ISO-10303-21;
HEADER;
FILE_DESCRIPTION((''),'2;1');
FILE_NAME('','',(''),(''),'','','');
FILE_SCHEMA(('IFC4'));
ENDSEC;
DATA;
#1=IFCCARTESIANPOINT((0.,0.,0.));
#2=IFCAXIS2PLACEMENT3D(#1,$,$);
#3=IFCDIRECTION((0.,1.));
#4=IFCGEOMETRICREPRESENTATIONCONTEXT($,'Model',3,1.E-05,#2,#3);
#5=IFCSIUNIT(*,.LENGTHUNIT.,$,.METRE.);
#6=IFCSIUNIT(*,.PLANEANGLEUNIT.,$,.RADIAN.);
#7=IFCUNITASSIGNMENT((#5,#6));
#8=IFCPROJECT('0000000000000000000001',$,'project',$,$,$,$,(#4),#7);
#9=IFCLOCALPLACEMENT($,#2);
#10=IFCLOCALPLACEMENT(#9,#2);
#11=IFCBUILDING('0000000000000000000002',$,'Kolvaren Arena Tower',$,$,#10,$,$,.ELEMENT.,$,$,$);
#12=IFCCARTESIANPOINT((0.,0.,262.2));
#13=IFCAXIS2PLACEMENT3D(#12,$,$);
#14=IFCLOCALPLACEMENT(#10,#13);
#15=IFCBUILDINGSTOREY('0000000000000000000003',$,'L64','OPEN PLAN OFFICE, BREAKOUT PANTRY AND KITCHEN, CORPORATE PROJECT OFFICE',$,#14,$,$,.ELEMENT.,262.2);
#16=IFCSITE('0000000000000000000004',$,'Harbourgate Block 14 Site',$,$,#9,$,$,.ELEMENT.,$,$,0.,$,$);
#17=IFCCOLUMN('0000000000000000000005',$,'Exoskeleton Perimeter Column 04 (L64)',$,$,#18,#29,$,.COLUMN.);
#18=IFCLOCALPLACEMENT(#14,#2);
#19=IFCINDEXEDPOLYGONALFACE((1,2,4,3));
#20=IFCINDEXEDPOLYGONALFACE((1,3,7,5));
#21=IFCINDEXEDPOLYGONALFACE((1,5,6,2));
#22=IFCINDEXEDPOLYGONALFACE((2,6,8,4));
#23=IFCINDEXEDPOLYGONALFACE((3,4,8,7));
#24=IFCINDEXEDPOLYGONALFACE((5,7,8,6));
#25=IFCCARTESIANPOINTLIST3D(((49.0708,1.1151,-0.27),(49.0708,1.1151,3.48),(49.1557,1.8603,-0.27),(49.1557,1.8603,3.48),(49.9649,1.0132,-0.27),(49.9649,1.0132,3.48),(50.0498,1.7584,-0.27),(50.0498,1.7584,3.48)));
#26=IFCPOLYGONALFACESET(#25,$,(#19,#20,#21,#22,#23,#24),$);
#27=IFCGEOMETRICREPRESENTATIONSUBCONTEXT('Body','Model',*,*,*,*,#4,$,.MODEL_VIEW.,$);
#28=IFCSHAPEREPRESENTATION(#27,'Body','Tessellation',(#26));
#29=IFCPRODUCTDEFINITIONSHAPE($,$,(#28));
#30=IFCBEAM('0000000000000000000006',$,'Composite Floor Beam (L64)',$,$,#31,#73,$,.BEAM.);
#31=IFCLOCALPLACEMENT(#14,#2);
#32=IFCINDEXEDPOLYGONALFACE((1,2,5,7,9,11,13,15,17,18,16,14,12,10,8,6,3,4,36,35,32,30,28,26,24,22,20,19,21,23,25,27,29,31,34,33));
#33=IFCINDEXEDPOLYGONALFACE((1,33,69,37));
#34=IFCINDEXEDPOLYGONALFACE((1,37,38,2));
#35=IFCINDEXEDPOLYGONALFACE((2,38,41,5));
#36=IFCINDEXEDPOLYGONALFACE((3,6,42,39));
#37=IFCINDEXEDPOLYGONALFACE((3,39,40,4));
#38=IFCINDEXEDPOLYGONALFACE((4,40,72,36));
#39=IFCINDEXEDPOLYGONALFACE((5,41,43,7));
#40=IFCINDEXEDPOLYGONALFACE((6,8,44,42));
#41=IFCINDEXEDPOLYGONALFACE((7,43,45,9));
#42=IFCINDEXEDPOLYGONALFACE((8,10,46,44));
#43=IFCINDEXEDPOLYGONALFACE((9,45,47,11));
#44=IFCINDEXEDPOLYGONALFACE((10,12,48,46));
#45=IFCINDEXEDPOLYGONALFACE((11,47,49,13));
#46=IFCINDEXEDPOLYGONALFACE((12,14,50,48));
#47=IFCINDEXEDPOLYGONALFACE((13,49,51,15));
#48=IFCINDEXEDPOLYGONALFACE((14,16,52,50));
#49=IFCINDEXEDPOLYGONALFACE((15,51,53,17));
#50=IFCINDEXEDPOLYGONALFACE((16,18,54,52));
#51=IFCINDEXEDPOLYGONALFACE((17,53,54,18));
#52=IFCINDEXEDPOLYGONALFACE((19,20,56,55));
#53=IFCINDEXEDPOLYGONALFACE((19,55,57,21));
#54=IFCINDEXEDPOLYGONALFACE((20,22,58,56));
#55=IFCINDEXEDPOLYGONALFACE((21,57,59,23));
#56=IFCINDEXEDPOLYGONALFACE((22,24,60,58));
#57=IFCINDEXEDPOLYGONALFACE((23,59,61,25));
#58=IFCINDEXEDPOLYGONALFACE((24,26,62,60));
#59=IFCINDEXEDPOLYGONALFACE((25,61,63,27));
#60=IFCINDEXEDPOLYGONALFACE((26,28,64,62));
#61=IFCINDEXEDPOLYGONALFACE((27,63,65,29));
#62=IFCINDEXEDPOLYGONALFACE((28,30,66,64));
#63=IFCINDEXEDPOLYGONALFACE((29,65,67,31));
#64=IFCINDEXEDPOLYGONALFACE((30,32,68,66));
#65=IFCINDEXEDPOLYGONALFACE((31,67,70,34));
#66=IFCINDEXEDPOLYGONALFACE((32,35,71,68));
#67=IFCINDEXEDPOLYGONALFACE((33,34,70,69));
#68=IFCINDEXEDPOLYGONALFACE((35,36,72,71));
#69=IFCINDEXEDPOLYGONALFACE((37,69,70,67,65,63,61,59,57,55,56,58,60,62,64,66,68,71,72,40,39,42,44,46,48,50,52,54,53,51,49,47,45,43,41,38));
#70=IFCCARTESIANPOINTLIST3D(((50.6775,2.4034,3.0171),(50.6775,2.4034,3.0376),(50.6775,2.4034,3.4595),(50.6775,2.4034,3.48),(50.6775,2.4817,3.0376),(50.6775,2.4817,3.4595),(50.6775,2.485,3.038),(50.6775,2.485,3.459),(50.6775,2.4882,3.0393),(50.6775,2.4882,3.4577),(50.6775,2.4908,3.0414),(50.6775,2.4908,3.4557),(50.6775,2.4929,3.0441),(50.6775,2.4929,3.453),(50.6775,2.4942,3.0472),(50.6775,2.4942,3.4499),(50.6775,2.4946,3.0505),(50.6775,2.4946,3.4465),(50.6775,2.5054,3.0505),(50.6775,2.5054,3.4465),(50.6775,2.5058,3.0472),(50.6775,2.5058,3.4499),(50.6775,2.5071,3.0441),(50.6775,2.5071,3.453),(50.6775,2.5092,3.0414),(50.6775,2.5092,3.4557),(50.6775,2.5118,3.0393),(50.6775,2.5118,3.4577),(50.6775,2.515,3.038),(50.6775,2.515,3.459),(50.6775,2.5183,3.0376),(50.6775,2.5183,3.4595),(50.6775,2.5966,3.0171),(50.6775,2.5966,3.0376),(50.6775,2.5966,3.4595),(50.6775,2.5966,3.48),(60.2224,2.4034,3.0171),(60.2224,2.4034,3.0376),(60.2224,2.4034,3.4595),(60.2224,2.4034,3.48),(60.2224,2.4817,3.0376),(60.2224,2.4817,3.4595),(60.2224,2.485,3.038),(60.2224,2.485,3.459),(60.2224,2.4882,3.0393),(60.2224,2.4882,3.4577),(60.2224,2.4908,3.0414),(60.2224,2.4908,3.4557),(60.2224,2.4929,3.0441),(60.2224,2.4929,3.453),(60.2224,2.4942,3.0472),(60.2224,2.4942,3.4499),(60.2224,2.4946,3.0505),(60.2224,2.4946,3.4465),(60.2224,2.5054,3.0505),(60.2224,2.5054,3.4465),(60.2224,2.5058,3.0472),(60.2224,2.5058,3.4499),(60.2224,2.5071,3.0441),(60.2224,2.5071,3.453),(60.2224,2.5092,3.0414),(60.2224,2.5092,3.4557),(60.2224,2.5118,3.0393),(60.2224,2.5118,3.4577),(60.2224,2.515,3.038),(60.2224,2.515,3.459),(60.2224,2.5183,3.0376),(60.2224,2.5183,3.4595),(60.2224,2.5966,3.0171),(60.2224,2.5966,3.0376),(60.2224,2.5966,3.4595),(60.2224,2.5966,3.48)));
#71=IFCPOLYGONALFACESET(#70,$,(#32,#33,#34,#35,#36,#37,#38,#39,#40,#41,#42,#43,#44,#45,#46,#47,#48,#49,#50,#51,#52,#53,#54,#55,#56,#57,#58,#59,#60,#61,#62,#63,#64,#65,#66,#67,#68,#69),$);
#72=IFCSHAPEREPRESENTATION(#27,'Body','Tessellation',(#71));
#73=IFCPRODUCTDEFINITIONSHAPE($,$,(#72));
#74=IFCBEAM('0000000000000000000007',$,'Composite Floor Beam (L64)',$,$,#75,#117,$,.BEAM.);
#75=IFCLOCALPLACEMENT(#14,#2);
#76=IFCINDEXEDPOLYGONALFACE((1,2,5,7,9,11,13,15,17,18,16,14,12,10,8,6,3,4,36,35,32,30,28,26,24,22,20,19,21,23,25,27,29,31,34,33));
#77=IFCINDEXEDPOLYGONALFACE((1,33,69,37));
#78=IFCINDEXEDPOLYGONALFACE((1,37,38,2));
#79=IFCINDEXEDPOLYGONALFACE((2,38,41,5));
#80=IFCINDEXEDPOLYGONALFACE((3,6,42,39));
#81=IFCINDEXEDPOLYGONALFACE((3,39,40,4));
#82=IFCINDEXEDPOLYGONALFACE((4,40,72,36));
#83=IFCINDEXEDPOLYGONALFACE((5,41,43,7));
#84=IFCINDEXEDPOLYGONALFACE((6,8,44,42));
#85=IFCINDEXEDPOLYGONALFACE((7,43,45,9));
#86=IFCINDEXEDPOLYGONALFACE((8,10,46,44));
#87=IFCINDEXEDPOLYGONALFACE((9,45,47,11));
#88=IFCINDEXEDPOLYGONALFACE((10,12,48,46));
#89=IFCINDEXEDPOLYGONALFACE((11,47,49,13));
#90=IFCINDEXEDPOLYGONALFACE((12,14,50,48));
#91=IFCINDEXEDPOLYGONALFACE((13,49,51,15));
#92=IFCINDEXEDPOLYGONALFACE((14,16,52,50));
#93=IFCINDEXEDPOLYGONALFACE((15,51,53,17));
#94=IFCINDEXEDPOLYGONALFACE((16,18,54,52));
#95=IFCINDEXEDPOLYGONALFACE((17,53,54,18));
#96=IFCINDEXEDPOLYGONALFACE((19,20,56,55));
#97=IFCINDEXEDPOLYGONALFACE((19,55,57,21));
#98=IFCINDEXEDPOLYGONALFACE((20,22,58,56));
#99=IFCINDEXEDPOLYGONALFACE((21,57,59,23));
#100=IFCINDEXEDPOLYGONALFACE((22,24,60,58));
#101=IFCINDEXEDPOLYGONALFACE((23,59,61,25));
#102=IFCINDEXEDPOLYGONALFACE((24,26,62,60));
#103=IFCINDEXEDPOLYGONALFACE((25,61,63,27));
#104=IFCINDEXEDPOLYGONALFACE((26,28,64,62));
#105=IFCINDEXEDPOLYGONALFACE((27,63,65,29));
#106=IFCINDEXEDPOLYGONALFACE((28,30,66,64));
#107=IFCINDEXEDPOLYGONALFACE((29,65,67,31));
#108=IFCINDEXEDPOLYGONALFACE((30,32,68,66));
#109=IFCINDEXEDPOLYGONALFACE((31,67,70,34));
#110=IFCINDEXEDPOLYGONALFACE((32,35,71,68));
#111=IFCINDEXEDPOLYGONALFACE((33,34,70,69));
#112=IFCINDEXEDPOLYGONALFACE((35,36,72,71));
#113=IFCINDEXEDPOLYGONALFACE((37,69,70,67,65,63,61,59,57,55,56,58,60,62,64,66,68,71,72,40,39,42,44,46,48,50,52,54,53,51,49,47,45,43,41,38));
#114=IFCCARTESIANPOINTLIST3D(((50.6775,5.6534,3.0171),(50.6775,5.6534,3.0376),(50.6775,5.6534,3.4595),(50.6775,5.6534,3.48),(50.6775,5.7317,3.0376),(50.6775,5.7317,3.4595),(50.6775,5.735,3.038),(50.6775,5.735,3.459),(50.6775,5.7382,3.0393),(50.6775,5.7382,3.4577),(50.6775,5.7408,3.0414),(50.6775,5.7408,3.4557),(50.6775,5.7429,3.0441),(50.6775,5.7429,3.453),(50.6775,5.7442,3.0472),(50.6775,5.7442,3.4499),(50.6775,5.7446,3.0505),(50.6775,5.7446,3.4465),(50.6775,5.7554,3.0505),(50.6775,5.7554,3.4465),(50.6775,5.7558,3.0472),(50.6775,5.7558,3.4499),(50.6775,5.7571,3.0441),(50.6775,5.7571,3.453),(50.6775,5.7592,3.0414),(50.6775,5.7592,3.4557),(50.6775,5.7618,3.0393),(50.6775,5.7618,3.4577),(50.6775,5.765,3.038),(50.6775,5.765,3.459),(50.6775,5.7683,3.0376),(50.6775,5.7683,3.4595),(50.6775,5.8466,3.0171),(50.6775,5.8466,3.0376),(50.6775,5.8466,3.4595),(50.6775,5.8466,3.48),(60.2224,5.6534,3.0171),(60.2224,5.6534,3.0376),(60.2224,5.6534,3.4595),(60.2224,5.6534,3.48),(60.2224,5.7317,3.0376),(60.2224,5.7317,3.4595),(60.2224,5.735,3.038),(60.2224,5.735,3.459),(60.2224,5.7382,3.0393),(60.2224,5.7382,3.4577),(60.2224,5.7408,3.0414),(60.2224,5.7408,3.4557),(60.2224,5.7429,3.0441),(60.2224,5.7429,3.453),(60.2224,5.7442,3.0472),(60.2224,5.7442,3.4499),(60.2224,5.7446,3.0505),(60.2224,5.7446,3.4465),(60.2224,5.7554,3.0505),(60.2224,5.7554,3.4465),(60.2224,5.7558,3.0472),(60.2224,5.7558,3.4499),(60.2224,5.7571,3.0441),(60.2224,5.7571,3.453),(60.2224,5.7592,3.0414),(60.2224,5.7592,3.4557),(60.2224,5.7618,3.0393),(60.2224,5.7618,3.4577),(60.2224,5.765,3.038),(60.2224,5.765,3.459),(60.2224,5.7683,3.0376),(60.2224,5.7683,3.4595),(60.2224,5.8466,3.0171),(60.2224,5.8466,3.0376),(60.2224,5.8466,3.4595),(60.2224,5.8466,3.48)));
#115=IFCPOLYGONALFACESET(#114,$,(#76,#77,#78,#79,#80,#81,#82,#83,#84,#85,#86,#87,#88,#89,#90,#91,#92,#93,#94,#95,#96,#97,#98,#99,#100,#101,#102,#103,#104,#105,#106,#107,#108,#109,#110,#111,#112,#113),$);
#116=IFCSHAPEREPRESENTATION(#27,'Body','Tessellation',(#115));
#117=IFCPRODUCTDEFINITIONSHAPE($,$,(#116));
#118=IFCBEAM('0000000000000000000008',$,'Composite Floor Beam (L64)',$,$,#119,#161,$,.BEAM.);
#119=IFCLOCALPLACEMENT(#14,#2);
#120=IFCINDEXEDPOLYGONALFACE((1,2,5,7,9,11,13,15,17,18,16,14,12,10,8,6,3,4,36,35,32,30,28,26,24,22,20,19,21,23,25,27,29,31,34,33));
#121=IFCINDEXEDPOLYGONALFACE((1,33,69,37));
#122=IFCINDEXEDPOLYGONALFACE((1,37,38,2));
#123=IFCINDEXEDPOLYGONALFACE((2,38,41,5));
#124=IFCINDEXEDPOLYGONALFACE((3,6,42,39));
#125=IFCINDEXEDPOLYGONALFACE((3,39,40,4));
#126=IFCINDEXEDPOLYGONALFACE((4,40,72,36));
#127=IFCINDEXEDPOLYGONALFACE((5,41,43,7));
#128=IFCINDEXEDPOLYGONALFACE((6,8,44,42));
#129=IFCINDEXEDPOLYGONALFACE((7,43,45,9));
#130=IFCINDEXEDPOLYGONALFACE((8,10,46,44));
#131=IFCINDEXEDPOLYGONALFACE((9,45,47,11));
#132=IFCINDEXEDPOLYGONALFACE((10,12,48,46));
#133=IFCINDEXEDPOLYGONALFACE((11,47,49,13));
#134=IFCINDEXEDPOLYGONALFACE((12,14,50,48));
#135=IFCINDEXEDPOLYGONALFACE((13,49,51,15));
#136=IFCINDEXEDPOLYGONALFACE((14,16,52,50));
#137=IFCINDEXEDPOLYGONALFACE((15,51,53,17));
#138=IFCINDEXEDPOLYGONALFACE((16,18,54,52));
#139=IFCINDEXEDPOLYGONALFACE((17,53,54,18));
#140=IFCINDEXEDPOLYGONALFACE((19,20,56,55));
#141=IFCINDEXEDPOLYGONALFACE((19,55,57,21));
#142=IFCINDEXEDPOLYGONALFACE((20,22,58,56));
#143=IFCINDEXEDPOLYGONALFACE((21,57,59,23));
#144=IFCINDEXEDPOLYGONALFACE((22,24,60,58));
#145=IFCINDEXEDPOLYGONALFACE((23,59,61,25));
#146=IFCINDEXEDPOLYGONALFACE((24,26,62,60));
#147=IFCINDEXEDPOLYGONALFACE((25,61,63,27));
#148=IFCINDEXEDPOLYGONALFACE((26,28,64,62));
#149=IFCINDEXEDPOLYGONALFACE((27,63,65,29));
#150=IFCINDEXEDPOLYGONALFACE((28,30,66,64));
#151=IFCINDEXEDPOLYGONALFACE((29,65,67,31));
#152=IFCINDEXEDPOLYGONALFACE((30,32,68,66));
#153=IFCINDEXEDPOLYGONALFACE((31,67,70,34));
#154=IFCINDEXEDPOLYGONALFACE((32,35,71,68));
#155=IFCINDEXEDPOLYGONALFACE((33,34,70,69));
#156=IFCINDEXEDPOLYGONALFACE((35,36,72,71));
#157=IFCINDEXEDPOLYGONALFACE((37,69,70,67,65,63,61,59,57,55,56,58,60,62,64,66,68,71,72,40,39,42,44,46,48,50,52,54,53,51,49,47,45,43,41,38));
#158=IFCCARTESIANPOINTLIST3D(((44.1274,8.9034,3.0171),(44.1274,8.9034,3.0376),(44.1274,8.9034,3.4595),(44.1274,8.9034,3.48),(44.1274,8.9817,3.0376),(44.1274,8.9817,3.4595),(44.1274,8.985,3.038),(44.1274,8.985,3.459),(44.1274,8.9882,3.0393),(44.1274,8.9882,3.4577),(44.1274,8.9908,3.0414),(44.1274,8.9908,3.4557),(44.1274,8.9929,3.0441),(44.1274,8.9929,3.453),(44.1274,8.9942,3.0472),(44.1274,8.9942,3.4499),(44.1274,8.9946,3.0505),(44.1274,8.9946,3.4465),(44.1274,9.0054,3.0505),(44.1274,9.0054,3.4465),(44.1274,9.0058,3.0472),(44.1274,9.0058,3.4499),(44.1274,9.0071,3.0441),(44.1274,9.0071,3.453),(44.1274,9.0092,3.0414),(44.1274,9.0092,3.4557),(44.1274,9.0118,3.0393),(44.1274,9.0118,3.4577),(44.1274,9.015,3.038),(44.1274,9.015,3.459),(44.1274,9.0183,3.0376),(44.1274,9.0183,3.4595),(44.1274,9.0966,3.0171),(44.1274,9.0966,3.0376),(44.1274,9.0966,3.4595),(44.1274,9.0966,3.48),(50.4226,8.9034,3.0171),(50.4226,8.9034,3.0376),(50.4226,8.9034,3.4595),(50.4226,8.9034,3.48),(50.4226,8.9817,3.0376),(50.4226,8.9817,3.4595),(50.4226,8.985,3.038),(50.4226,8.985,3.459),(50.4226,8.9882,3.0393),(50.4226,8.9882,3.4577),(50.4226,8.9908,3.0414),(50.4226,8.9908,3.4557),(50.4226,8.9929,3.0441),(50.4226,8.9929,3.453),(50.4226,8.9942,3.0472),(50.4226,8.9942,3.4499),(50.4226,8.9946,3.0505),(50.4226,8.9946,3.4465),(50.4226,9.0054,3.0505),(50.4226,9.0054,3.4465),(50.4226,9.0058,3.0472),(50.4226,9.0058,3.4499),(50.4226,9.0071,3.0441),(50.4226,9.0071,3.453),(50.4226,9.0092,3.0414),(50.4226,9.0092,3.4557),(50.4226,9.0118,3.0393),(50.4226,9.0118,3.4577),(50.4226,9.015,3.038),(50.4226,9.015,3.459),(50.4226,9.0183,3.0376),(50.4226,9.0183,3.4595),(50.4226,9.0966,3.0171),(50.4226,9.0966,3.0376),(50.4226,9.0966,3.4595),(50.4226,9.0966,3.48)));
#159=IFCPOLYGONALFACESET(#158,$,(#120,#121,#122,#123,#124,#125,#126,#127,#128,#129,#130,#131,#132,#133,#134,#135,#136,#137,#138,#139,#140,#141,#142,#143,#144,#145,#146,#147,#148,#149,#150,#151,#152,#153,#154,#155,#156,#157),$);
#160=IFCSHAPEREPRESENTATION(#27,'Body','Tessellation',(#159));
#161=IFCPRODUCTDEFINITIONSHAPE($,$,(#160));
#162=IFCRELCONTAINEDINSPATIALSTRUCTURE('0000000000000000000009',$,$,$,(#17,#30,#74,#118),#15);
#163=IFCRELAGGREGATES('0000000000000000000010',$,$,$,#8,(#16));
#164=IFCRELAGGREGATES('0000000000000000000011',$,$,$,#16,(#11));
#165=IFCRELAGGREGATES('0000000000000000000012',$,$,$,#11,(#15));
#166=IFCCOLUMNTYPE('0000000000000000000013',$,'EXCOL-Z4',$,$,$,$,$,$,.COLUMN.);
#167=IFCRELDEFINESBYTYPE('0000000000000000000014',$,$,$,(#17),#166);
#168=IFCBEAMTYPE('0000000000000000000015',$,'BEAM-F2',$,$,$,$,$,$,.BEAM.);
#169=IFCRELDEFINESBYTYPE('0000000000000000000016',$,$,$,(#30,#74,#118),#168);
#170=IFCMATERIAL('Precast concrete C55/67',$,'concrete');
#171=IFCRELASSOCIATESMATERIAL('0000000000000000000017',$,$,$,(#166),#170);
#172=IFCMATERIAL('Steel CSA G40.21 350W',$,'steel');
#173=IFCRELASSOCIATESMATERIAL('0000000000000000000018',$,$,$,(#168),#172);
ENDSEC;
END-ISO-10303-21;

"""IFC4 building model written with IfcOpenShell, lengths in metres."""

from ifc_helpers import new_model, si_unit, direction, frame, origin, origin_2d, place, context, subcontext, project, spatial, rectangle, i_section, extrude, material, material_profile, profile_set, type_object, element, save


model = new_model("IFC4")

# Units and contexts
model_context = context("Model", 3, precision=1e-05, world=origin(), true_north=direction((0.0, 1.0)))
body_context = subcontext(model_context, "Body", "Model", "MODEL_VIEW")
ifc_project = project(units=[si_unit("LENGTHUNIT", "METRE"), si_unit("PLANEANGLEUNIT", "RADIAN")], contexts=[model_context])

# Site, building, storey
site_placement = place(None, origin())
site = spatial("IfcSite", under=ifc_project, at=site_placement, Name="Harbourgate Block 14 Site", CompositionType="ELEMENT", RefElevation=0.0)
building_placement = place(site_placement, origin())
building = spatial("IfcBuilding", under=site, at=building_placement, Name="Kolvaren Arena Tower", CompositionType="ELEMENT")
storey_placement = place(building_placement, frame((0.0, 0.0, 262.2)))
storey = spatial("IfcBuildingStorey", under=building, at=storey_placement, Name="L64", Description="OPEN PLAN OFFICE, BREAKOUT PANTRY AND KITCHEN, CORPORATE PROJECT OFFICE", CompositionType="ELEMENT", Elevation=262.2)

# Column
ifc_material_1 = material(Name="Precast concrete C55/67", Category="concrete")
ifc_material_profile_1 = material_profile(ifc_material_1, rectangle(XDim=0.8999, YDim=0.75, at=origin_2d()), Name="RC-900x750")
ifc_profile_set_1 = profile_set([ifc_material_profile_1], Name="Precast concrete C55/67")
column_type = type_object("IfcColumnType", Name="EXCOL-Z4", PredefinedType="COLUMN", material=ifc_profile_set_1)
column_placement = place(storey_placement, frame((49.5603, 1.4368, -0.27), z_axis=(0.0, 0.0, 1.0), x_axis=(0.993572, -0.113203, 0.0)))
element("IfcColumn", 1, at=column_placement, inside=storey, type_object=column_type, Name="Exoskeleton Perimeter Column 04 (L64)", PredefinedType="COLUMN", context=body_context, shape_type="SweptSolid", body=[
    extrude(rectangle(XDim=0.8999, YDim=0.75, at=origin_2d()), origin(), (0.0, 0.0, 1.0), 3.75),
])

# Beams
ifc_material_2 = material(Name="Steel CSA G40.21 350W", Category="steel")
ifc_material_profile_2 = material_profile(ifc_material_2, i_section(OverallWidth=0.1931, OverallDepth=0.4629, WebThickness=0.0107, FlangeThickness=0.0205, FilletRadius=0.0129, at=origin_2d()), Name="W460x113")
ifc_profile_set_2 = profile_set([ifc_material_profile_2], Name="Steel CSA G40.21 350W")
beam_type_1 = type_object("IfcBeamType", Name="BEAM-F2", PredefinedType="BEAM", material=ifc_profile_set_2)
for number, where, z_axis, x_axis, name in (
    (2, (50.6775, 2.5, 3.2485), (1.0, 0.0, 0.0), (0.0, 1.0, 0.0), "Composite Floor Beam (L64)"),
    (3, (50.6775, 5.75, 3.2485), (1.0, 0.0, 0.0), (0.0, 1.0, 0.0), "Composite Floor Beam (L64)"),
):
    element("IfcBeam", number, at=place(storey_placement, frame(where, z_axis=z_axis, x_axis=x_axis)), inside=storey, type_object=beam_type_1, Name=name, PredefinedType="BEAM", context=body_context, shape_type="SweptSolid", body=[
        extrude(i_section(OverallWidth=0.1931, OverallDepth=0.4629, WebThickness=0.0107, FlangeThickness=0.0205, FilletRadius=0.0129, at=origin_2d()), origin(), (0.0, 0.0, 1.0), 9.5449),
    ])
beam_1_placement = place(storey_placement, frame((44.1274, 9.0, 3.2485), z_axis=(1.0, 0.0, 0.0), x_axis=(0.0, 1.0, 0.0)))
element("IfcBeam", 4, at=beam_1_placement, inside=storey, type_object=beam_type_1, Name="Composite Floor Beam (L64)", PredefinedType="BEAM", context=body_context, shape_type="SweptSolid", body=[
    extrude(i_section(OverallWidth=0.1931, OverallDepth=0.4629, WebThickness=0.0107, FlangeThickness=0.0205, FilletRadius=0.0129, at=origin_2d()), origin(), (0.0, 0.0, 1.0), 6.2952),
])

save(model, "model.ifc")
